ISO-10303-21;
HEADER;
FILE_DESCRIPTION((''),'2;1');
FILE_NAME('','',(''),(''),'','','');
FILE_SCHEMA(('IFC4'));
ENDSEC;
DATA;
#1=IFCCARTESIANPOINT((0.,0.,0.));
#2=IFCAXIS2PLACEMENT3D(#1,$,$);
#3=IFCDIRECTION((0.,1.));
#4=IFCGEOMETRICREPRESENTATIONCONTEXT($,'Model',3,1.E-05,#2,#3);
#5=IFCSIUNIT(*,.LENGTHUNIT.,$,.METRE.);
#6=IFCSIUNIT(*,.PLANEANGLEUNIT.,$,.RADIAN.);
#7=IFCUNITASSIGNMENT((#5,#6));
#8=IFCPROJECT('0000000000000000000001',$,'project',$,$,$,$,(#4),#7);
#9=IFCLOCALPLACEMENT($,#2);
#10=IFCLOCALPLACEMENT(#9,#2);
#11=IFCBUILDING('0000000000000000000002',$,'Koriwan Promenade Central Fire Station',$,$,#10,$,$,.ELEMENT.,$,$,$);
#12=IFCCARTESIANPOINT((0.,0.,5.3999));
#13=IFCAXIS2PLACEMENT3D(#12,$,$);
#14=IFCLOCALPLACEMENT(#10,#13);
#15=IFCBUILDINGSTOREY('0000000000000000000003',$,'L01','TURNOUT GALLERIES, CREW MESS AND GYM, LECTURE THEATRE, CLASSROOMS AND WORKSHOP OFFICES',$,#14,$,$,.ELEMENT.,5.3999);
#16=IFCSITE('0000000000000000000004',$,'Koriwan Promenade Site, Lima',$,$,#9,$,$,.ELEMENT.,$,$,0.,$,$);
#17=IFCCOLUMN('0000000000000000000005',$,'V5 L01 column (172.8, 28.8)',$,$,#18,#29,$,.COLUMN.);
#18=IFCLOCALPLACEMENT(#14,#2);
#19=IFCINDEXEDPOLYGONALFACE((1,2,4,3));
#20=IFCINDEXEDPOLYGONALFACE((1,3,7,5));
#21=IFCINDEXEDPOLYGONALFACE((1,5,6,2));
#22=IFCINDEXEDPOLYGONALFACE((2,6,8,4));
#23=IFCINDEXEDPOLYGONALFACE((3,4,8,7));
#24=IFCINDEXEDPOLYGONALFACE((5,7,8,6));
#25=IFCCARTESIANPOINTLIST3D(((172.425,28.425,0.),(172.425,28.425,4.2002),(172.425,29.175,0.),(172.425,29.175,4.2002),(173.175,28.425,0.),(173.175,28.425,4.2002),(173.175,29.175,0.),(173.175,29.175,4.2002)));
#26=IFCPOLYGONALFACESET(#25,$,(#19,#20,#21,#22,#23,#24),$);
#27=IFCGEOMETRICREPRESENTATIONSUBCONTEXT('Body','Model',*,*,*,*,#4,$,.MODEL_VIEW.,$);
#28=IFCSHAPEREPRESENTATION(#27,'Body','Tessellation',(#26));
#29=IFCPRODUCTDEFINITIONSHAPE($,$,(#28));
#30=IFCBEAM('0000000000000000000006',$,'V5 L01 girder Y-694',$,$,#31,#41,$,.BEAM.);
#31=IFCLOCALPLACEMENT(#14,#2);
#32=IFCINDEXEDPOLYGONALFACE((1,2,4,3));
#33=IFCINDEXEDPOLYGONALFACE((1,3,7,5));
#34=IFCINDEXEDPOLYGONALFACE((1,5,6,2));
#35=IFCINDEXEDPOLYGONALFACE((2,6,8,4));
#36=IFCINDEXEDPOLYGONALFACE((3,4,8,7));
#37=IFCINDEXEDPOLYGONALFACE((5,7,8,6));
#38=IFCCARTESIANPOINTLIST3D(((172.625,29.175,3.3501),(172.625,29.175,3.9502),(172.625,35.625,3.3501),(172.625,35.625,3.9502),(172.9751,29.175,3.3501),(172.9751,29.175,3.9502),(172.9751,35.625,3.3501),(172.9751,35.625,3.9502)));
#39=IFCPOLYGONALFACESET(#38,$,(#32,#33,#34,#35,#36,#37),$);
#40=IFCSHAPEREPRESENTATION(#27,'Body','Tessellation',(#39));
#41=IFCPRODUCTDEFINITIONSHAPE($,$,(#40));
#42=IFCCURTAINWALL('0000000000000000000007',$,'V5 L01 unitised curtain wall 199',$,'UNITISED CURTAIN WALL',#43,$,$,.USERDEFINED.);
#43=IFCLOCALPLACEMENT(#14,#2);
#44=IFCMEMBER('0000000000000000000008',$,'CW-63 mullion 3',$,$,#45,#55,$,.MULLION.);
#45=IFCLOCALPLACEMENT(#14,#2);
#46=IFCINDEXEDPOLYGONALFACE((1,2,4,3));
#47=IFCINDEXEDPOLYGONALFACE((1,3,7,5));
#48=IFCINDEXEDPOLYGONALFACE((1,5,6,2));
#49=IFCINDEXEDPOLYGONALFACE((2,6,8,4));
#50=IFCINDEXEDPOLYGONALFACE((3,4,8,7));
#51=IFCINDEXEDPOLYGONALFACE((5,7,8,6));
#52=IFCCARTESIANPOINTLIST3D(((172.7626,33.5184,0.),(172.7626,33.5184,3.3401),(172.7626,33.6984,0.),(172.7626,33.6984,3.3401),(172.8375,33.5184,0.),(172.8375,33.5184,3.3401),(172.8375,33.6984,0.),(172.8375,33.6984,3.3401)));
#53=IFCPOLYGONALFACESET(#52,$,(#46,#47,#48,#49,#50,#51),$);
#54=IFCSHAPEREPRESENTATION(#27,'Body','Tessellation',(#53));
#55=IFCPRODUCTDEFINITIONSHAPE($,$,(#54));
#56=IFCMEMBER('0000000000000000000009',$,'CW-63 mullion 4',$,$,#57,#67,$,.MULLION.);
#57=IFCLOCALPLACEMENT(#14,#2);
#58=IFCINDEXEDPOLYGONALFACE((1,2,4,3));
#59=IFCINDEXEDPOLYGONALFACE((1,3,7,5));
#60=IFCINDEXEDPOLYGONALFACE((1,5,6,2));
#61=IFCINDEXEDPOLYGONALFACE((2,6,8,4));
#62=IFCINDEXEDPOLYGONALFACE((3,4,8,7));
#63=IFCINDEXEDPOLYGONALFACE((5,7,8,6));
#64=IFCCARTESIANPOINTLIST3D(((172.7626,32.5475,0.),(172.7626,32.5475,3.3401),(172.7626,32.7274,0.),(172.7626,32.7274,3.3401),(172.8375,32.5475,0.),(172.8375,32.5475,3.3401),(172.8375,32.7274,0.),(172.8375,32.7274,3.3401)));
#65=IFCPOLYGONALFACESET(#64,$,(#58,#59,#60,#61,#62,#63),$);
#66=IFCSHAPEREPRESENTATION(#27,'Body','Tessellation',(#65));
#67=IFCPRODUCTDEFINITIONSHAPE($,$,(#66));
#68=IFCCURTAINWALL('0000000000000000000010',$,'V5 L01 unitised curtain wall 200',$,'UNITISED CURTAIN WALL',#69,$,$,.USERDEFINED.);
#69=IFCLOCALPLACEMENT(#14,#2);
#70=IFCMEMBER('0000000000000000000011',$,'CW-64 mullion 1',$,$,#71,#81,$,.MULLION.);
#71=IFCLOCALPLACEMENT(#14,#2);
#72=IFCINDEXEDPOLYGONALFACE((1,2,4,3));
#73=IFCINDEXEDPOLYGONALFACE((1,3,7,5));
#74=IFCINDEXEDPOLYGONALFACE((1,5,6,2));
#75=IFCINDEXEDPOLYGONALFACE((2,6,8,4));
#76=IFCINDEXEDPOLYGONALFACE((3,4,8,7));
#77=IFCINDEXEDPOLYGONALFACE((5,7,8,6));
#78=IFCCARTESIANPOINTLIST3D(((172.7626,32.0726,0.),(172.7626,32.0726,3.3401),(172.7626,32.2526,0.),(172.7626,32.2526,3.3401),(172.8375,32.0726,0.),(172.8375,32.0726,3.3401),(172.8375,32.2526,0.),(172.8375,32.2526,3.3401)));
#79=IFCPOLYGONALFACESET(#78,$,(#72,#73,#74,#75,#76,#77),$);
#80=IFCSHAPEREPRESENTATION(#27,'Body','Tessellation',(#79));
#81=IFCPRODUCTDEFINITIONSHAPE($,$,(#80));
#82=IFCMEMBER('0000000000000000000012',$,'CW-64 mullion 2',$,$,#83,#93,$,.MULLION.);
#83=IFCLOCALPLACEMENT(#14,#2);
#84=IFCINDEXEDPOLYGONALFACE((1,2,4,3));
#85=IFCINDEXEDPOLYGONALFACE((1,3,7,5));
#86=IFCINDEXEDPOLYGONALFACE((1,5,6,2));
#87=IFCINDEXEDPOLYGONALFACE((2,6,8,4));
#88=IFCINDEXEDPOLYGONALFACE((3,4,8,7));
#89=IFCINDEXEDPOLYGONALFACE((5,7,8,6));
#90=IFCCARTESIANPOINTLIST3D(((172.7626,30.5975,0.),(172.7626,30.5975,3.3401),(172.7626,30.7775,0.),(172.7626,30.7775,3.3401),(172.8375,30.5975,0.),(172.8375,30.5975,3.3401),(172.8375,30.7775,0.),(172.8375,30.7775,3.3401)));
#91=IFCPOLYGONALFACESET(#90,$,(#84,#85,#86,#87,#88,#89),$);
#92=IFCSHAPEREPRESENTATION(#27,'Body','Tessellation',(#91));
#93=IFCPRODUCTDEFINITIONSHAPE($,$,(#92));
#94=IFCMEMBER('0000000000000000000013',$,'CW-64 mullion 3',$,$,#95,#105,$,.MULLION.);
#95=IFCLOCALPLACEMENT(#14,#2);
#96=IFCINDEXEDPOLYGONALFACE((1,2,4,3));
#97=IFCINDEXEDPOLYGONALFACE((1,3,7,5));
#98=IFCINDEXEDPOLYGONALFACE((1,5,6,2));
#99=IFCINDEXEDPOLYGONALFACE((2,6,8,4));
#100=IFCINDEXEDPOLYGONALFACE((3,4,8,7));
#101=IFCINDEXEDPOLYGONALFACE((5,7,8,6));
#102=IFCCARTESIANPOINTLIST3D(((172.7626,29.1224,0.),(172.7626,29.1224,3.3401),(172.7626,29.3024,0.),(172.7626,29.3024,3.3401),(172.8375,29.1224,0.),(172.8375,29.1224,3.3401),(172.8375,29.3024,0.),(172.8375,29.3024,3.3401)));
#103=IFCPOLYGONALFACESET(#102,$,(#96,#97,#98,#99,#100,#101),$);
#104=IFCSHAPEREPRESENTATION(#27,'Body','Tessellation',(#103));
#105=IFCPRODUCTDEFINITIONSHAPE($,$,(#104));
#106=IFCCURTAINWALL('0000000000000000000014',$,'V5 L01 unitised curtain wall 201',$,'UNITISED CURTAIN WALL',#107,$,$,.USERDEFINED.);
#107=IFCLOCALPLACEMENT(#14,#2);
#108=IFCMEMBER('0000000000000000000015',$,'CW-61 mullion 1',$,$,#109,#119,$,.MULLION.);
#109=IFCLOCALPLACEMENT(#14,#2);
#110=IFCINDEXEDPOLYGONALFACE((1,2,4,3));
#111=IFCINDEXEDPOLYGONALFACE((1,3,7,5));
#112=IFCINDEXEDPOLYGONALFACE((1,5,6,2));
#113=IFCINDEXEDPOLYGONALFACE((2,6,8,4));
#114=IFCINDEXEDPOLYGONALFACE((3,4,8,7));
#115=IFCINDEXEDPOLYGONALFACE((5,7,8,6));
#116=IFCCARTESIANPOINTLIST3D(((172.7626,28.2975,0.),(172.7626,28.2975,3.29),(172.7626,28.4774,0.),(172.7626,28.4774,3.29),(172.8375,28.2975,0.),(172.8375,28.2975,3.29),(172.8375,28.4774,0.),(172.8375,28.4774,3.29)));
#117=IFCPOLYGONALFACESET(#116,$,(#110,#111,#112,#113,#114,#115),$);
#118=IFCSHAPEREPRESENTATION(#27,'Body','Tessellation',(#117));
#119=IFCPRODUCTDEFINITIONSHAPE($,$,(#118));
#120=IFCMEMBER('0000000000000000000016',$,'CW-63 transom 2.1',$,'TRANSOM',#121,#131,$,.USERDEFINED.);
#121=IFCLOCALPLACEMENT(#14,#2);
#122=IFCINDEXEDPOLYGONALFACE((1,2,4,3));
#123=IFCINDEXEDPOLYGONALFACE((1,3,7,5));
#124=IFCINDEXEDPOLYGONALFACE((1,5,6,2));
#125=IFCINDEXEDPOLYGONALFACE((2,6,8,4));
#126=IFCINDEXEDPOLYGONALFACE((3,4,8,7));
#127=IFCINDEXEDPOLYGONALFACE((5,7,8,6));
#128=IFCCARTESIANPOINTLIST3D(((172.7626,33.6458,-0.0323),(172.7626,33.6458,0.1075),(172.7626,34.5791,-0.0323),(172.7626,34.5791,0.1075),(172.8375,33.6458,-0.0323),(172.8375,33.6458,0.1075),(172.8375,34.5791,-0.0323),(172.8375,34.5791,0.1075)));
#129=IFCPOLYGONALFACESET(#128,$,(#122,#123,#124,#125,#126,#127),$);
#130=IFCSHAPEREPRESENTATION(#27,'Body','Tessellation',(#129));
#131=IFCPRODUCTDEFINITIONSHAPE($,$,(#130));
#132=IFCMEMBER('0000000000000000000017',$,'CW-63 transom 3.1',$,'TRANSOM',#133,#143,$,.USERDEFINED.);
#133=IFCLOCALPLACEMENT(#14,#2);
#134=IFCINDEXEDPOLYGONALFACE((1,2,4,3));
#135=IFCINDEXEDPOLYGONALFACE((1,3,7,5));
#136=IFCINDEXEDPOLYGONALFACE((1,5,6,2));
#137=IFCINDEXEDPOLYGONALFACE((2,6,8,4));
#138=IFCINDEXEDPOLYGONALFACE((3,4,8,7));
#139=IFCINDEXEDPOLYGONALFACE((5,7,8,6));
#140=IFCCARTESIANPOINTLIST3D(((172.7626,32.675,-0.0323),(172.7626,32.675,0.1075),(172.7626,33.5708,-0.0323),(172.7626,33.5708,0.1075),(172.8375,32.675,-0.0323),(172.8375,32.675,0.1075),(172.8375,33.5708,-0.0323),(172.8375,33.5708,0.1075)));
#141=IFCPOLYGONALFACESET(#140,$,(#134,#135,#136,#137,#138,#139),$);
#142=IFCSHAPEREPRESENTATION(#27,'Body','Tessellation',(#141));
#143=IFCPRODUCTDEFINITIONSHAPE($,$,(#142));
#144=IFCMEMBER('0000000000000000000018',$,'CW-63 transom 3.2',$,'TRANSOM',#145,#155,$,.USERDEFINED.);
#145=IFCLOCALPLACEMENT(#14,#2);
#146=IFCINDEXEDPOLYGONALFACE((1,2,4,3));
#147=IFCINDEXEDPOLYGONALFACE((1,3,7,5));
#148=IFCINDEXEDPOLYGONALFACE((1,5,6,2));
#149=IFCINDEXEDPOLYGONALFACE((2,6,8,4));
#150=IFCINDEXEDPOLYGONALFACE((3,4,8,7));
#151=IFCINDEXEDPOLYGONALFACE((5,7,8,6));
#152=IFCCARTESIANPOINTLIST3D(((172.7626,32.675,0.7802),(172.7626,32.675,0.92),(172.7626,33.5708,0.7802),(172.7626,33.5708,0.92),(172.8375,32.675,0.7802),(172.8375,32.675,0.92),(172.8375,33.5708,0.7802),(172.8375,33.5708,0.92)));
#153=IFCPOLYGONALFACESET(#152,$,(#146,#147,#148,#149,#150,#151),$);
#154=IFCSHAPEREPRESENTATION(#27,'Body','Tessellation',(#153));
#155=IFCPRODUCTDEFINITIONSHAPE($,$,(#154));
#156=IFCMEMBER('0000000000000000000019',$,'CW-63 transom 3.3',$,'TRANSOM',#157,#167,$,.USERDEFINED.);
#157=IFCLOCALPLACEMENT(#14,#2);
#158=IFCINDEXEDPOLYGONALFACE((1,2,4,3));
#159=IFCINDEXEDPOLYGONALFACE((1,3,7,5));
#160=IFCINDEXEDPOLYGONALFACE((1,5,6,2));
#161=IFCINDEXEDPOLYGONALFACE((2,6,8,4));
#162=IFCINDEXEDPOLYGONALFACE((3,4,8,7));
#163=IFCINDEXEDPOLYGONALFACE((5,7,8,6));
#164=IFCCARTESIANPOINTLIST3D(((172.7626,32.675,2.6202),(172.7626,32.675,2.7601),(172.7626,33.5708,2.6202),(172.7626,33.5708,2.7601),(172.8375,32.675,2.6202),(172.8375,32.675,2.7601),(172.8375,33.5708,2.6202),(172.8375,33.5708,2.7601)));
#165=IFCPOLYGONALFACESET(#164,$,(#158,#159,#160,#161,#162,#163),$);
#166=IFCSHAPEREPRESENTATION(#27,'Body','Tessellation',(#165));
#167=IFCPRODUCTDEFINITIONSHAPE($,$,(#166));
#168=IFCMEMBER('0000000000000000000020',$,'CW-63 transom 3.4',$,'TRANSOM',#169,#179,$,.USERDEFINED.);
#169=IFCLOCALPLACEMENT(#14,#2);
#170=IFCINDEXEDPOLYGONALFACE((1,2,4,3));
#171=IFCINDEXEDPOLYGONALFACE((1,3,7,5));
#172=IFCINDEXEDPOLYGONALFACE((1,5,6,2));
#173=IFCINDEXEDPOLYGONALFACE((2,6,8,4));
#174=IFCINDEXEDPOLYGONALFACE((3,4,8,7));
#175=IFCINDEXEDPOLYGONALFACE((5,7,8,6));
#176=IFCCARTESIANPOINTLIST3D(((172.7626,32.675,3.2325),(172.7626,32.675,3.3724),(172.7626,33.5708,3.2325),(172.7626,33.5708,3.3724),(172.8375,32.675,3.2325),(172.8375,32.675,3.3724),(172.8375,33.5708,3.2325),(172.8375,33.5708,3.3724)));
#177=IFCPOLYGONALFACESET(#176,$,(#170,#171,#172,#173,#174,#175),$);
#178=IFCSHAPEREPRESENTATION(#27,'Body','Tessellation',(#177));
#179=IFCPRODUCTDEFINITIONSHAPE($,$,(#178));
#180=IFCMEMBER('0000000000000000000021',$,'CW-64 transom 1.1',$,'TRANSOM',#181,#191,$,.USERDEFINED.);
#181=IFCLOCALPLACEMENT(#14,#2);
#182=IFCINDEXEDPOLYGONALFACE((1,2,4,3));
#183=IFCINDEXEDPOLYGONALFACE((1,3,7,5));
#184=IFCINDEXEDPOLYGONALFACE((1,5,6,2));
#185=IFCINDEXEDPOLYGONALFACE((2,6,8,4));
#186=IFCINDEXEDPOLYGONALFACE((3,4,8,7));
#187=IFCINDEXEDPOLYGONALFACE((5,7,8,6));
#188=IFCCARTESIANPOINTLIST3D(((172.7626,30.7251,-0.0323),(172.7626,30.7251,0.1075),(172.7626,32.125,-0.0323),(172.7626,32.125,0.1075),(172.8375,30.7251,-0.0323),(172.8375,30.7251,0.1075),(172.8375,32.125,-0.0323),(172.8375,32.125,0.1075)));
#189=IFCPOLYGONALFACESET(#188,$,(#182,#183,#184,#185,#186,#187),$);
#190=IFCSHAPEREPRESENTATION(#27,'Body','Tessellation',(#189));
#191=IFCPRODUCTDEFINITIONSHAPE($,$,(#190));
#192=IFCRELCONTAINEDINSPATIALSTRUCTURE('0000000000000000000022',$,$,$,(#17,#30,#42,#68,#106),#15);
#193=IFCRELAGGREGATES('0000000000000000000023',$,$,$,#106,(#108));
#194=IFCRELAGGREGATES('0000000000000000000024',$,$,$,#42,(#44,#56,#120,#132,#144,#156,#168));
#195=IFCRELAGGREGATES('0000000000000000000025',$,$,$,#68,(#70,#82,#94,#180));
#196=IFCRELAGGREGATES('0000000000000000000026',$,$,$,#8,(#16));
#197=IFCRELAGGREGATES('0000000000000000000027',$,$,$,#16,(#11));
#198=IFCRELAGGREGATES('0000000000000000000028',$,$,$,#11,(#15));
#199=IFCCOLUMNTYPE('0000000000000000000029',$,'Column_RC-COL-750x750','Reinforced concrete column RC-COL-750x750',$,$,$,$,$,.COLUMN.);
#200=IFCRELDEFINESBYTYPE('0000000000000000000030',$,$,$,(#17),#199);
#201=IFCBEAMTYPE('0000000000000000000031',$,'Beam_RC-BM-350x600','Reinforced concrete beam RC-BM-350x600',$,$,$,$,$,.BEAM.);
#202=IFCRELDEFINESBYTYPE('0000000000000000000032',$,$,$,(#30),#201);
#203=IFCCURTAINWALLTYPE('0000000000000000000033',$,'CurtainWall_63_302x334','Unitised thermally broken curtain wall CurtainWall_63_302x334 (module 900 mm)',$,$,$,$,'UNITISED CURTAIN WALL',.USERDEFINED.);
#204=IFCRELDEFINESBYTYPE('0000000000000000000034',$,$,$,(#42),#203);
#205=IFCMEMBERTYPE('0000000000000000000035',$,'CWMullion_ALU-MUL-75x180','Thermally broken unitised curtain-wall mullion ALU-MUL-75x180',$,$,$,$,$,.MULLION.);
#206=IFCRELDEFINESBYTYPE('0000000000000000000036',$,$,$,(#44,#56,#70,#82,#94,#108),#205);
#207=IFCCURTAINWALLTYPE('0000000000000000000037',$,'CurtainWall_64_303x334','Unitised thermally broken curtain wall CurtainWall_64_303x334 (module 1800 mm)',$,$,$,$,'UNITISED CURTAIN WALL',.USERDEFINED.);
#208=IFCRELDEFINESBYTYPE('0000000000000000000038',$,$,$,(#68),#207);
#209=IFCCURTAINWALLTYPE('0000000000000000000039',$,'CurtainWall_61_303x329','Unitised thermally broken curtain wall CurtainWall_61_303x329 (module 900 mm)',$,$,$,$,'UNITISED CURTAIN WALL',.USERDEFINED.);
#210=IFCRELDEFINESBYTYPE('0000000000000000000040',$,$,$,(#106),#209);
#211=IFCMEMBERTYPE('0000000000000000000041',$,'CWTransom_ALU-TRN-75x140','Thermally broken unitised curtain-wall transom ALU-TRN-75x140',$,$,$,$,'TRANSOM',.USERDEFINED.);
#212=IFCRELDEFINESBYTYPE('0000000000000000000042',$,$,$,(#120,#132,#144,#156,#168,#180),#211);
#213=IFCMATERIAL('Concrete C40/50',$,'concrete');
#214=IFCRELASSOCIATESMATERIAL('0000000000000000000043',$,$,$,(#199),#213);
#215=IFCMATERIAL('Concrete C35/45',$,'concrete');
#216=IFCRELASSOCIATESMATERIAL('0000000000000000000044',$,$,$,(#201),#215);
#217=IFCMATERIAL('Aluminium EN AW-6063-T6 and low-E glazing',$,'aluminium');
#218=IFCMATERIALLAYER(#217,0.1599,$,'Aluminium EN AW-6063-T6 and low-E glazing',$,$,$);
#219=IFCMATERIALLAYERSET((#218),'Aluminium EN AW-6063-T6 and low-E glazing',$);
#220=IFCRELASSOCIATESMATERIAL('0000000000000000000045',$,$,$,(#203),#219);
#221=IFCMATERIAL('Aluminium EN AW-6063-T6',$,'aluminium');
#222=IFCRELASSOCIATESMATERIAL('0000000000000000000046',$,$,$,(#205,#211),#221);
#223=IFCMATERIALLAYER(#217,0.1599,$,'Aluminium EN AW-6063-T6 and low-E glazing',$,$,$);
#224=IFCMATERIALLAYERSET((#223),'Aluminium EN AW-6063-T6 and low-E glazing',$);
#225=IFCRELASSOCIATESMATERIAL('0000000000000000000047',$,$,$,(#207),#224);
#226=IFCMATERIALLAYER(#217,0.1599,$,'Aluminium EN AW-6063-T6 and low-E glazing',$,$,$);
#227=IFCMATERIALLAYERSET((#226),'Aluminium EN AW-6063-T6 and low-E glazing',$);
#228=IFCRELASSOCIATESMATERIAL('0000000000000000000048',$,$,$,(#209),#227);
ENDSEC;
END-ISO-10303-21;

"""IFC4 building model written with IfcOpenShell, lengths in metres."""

from ifc_helpers import new_model, si_unit, direction, frame, origin, origin_2d, place, context, subcontext, project, spatial, rectangle, extrude, material, layer, layer_set, material_profile, profile_set, type_object, element, aggregate, save


model = new_model("IFC4")

# Units and contexts
model_context = context("Model", 3, precision=1e-05, world=origin(), true_north=direction((0.0, 1.0)))
body_context = subcontext(model_context, "Body", "Model", "MODEL_VIEW")
ifc_project = project(units=[si_unit("LENGTHUNIT", "METRE"), si_unit("PLANEANGLEUNIT", "RADIAN")], contexts=[model_context])

# Site, building, storey
site_placement = place(None, origin())
site = spatial("IfcSite", under=ifc_project, at=site_placement, Name="Koriwan Promenade Site, Lima", CompositionType="ELEMENT", RefElevation=0.0)
building_placement = place(site_placement, origin())
building = spatial("IfcBuilding", under=site, at=building_placement, Name="Koriwan Promenade Central Fire Station", CompositionType="ELEMENT")
storey_placement = place(building_placement, frame((0.0, 0.0, 5.3999)))
storey = spatial("IfcBuildingStorey", under=building, at=storey_placement, Name="L01", Description="TURNOUT GALLERIES, CREW MESS AND GYM, LECTURE THEATRE, CLASSROOMS AND WORKSHOP OFFICES", CompositionType="ELEMENT", Elevation=5.3999)

# Column
ifc_material_1 = material(Name="Concrete C40/50", Category="concrete")
ifc_material_profile_1 = material_profile(ifc_material_1, rectangle(XDim=0.75, YDim=0.75, at=origin_2d()), Name="RC-COL-750x750")
ifc_profile_set_1 = profile_set([ifc_material_profile_1], Name="Concrete C40/50")
column_type = type_object("IfcColumnType", Name="Column_RC-COL-750x750", Description="Reinforced concrete column RC-COL-750x750", PredefinedType="COLUMN", material=ifc_profile_set_1)
column_placement = place(storey_placement, frame((172.8, 28.8, 0.0), z_axis=(0.0, 0.0, 1.0), x_axis=(1.0, 0.0, 0.0)))
element("IfcColumn", 1, at=column_placement, inside=storey, type_object=column_type, Name="V5 L01 column (172.8, 28.8)", PredefinedType="COLUMN", context=body_context, shape_type="SweptSolid", body=[
    extrude(rectangle(XDim=0.75, YDim=0.75, at=origin_2d()), origin(), (0.0, 0.0, 1.0), 4.2002),
])

# Beam
ifc_material_2 = material(Name="Concrete C35/45", Category="concrete")
ifc_material_profile_2 = material_profile(ifc_material_2, rectangle(XDim=0.3501, YDim=0.6001, at=origin_2d()), Name="RC-BM-350x600")
ifc_profile_set_2 = profile_set([ifc_material_profile_2], Name="Concrete C35/45")
beam_type = type_object("IfcBeamType", Name="Beam_RC-BM-350x600", Description="Reinforced concrete beam RC-BM-350x600", PredefinedType="BEAM", material=ifc_profile_set_2)
beam_placement = place(storey_placement, frame((172.8, 29.175, 3.6501), z_axis=(0.0, 1.0, 0.0), x_axis=(-1.0, 0.0, 0.0)))
element("IfcBeam", 2, at=beam_placement, inside=storey, type_object=beam_type, Name="V5 L01 girder Y-694", PredefinedType="BEAM", context=body_context, shape_type="SweptSolid", body=[
    extrude(rectangle(XDim=0.3501, YDim=0.6001, at=origin_2d()), origin(), (0.0, 0.0, 1.0), 6.45),
])

# Curtain walls, members
ifc_material_3 = material(Name="Aluminium EN AW-6063-T6 and low-E glazing", Category="aluminium")
ifc_layer_1 = layer(ifc_material_3, 0.1599, Name="Aluminium EN AW-6063-T6 and low-E glazing")
ifc_layer_set_1 = layer_set([ifc_layer_1], Name="Aluminium EN AW-6063-T6 and low-E glazing")
curtain_wall_type_1 = type_object("IfcCurtainWallType", Name="CurtainWall_63_302x334", Description="Unitised thermally broken curtain wall CurtainWall_63_302x334 (module 900 mm)", ElementType="UNITISED CURTAIN WALL", PredefinedType="USERDEFINED", material=ifc_layer_set_1)
curtain_wall_1_placement = place(storey_placement, origin())
curtain_wall_1 = element("IfcCurtainWall", 3, at=curtain_wall_1_placement, inside=storey, type_object=curtain_wall_type_1, Name="V5 L01 unitised curtain wall 199", ObjectType="UNITISED CURTAIN WALL", PredefinedType="USERDEFINED")
ifc_material_4 = material(Name="Aluminium EN AW-6063-T6", Category="aluminium")
ifc_material_profile_3 = material_profile(ifc_material_4, rectangle(XDim=0.075, YDim=0.1799, at=origin_2d()), Name="ALU-MUL-75x180")
ifc_profile_set_3 = profile_set([ifc_material_profile_3], Name="Aluminium EN AW-6063-T6")
member_type_1 = type_object("IfcMemberType", Name="CWMullion_ALU-MUL-75x180", Description="Thermally broken unitised curtain-wall mullion ALU-MUL-75x180", PredefinedType="MULLION", material=ifc_profile_set_3)
member_1_placement = place(storey_placement, frame((172.8, 33.6084, 0.0), z_axis=(0.0, 0.0, 1.0), x_axis=(1.0, 0.0, 0.0)))
member_1 = element("IfcMember", 4, at=member_1_placement, type_object=member_type_1, Name="CW-63 mullion 3", PredefinedType="MULLION", context=body_context, shape_type="SweptSolid", body=[
    extrude(rectangle(XDim=0.075, YDim=0.1799, at=origin_2d()), origin(), (0.0, 0.0, 1.0), 3.3401),
])
member_2_placement = place(storey_placement, frame((172.8, 32.6375, 0.0), z_axis=(0.0, 0.0, 1.0), x_axis=(1.0, 0.0, 0.0)))
member_2 = element("IfcMember", 5, at=member_2_placement, type_object=member_type_1, Name="CW-63 mullion 4", PredefinedType="MULLION", context=body_context, shape_type="SweptSolid", body=[
    extrude(rectangle(XDim=0.075, YDim=0.1799, at=origin_2d()), origin(), (0.0, 0.0, 1.0), 3.3401),
])
ifc_layer_2 = layer(ifc_material_3, 0.1599, Name="Aluminium EN AW-6063-T6 and low-E glazing")
ifc_layer_set_2 = layer_set([ifc_layer_2], Name="Aluminium EN AW-6063-T6 and low-E glazing")
curtain_wall_type_2 = type_object("IfcCurtainWallType", Name="CurtainWall_64_303x334", Description="Unitised thermally broken curtain wall CurtainWall_64_303x334 (module 1800 mm)", ElementType="UNITISED CURTAIN WALL", PredefinedType="USERDEFINED", material=ifc_layer_set_2)
curtain_wall_2_placement = place(storey_placement, origin())
curtain_wall_2 = element("IfcCurtainWall", 6, at=curtain_wall_2_placement, inside=storey, type_object=curtain_wall_type_2, Name="V5 L01 unitised curtain wall 200", ObjectType="UNITISED CURTAIN WALL", PredefinedType="USERDEFINED")
member_3_placement = place(storey_placement, frame((172.8, 32.1626, 0.0), z_axis=(0.0, 0.0, 1.0), x_axis=(1.0, 0.0, 0.0)))
member_3 = element("IfcMember", 7, at=member_3_placement, type_object=member_type_1, Name="CW-64 mullion 1", PredefinedType="MULLION", context=body_context, shape_type="SweptSolid", body=[
    extrude(rectangle(XDim=0.075, YDim=0.1799, at=origin_2d()), origin(), (0.0, 0.0, 1.0), 3.3401),
])
member_4_placement = place(storey_placement, frame((172.8, 30.6875, 0.0), z_axis=(0.0, 0.0, 1.0), x_axis=(1.0, 0.0, 0.0)))
member_4 = element("IfcMember", 8, at=member_4_placement, type_object=member_type_1, Name="CW-64 mullion 2", PredefinedType="MULLION", context=body_context, shape_type="SweptSolid", body=[
    extrude(rectangle(XDim=0.075, YDim=0.1799, at=origin_2d()), origin(), (0.0, 0.0, 1.0), 3.3401),
])
member_5_placement = place(storey_placement, frame((172.8, 29.2124, 0.0), z_axis=(0.0, 0.0, 1.0), x_axis=(1.0, 0.0, 0.0)))
member_5 = element("IfcMember", 9, at=member_5_placement, type_object=member_type_1, Name="CW-64 mullion 3", PredefinedType="MULLION", context=body_context, shape_type="SweptSolid", body=[
    extrude(rectangle(XDim=0.075, YDim=0.1799, at=origin_2d()), origin(), (0.0, 0.0, 1.0), 3.3401),
])

# Curtain wall, member
ifc_layer_3 = layer(ifc_material_3, 0.1599, Name="Aluminium EN AW-6063-T6 and low-E glazing")
ifc_layer_set_3 = layer_set([ifc_layer_3], Name="Aluminium EN AW-6063-T6 and low-E glazing")
curtain_wall_type_3 = type_object("IfcCurtainWallType", Name="CurtainWall_61_303x329", Description="Unitised thermally broken curtain wall CurtainWall_61_303x329 (module 900 mm)", ElementType="UNITISED CURTAIN WALL", PredefinedType="USERDEFINED", material=ifc_layer_set_3)
curtain_wall_3_placement = place(storey_placement, origin())
curtain_wall_3 = element("IfcCurtainWall", 10, at=curtain_wall_3_placement, inside=storey, type_object=curtain_wall_type_3, Name="V5 L01 unitised curtain wall 201", ObjectType="UNITISED CURTAIN WALL", PredefinedType="USERDEFINED")
member_6_placement = place(storey_placement, frame((172.8, 28.3875, 0.0), z_axis=(0.0, 0.0, 1.0), x_axis=(1.0, 0.0, 0.0)))
member_6 = element("IfcMember", 11, at=member_6_placement, type_object=member_type_1, Name="CW-61 mullion 1", PredefinedType="MULLION", context=body_context, shape_type="SweptSolid", body=[
    extrude(rectangle(XDim=0.075, YDim=0.1799, at=origin_2d()), origin(), (0.0, 0.0, 1.0), 3.29),
])
aggregate(curtain_wall_3, [member_6])

# Members
ifc_material_profile_4 = material_profile(ifc_material_4, rectangle(XDim=0.075, YDim=0.1399, at=origin_2d()), Name="ALU-TRN-75x140")
ifc_profile_set_4 = profile_set([ifc_material_profile_4], Name="Aluminium EN AW-6063-T6")
member_type_2 = type_object("IfcMemberType", Name="CWTransom_ALU-TRN-75x140", Description="Thermally broken unitised curtain-wall transom ALU-TRN-75x140", ElementType="TRANSOM", PredefinedType="USERDEFINED", material=ifc_profile_set_4)
member_7_placement = place(storey_placement, frame((172.8, 34.5791, 0.0376), z_axis=(0.0, -1.0, 0.0), x_axis=(1.0, 0.0, 0.0)))
member_7 = element("IfcMember", 12, at=member_7_placement, type_object=member_type_2, Name="CW-63 transom 2.1", ObjectType="TRANSOM", PredefinedType="USERDEFINED", context=body_context, shape_type="SweptSolid", body=[
    extrude(rectangle(XDim=0.075, YDim=0.1399, at=origin_2d()), origin(), (0.0, 0.0, 1.0), 0.9333),
])
member_8_placement = place(storey_placement, frame((172.8, 33.5708, 0.0376), z_axis=(0.0, -1.0, 0.0), x_axis=(1.0, 0.0, 0.0)))
member_8 = element("IfcMember", 13, at=member_8_placement, type_object=member_type_2, Name="CW-63 transom 3.1", ObjectType="TRANSOM", PredefinedType="USERDEFINED", context=body_context, shape_type="SweptSolid", body=[
    extrude(rectangle(XDim=0.075, YDim=0.1399, at=origin_2d()), origin(), (0.0, 0.0, 1.0), 0.8958),
])
member_9_placement = place(storey_placement, frame((172.8, 33.5708, 0.8501), z_axis=(0.0, -1.0, 0.0), x_axis=(1.0, 0.0, 0.0)))
member_9 = element("IfcMember", 14, at=member_9_placement, type_object=member_type_2, Name="CW-63 transom 3.2", ObjectType="TRANSOM", PredefinedType="USERDEFINED", context=body_context, shape_type="SweptSolid", body=[
    extrude(rectangle(XDim=0.075, YDim=0.1399, at=origin_2d()), origin(), (0.0, 0.0, 1.0), 0.8958),
])
member_10_placement = place(storey_placement, frame((172.8, 33.5708, 2.6902), z_axis=(0.0, -1.0, 0.0), x_axis=(1.0, 0.0, 0.0)))
member_10 = element("IfcMember", 15, at=member_10_placement, type_object=member_type_2, Name="CW-63 transom 3.3", ObjectType="TRANSOM", PredefinedType="USERDEFINED", context=body_context, shape_type="SweptSolid", body=[
    extrude(rectangle(XDim=0.075, YDim=0.1399, at=origin_2d()), origin(), (0.0, 0.0, 1.0), 0.8958),
])
member_11_placement = place(storey_placement, frame((172.8, 33.5708, 3.3025), z_axis=(0.0, -1.0, 0.0), x_axis=(1.0, 0.0, 0.0)))
member_11 = element("IfcMember", 16, at=member_11_placement, type_object=member_type_2, Name="CW-63 transom 3.4", ObjectType="TRANSOM", PredefinedType="USERDEFINED", context=body_context, shape_type="SweptSolid", body=[
    extrude(rectangle(XDim=0.075, YDim=0.1399, at=origin_2d()), origin(), (0.0, 0.0, 1.0), 0.8958),
])
member_12_placement = place(storey_placement, frame((172.8, 32.125, 0.0376), z_axis=(0.0, -1.0, 0.0), x_axis=(1.0, 0.0, 0.0)))
member_12 = element("IfcMember", 17, at=member_12_placement, type_object=member_type_2, Name="CW-64 transom 1.1", ObjectType="TRANSOM", PredefinedType="USERDEFINED", context=body_context, shape_type="SweptSolid", body=[
    extrude(rectangle(XDim=0.075, YDim=0.1399, at=origin_2d()), origin(), (0.0, 0.0, 1.0), 1.3999),
])

aggregate(curtain_wall_1, [member_1, member_2, member_7, member_8, member_9, member_10, member_11])
aggregate(curtain_wall_2, [member_3, member_4, member_5, member_12])

save(model, "model.ifc")
